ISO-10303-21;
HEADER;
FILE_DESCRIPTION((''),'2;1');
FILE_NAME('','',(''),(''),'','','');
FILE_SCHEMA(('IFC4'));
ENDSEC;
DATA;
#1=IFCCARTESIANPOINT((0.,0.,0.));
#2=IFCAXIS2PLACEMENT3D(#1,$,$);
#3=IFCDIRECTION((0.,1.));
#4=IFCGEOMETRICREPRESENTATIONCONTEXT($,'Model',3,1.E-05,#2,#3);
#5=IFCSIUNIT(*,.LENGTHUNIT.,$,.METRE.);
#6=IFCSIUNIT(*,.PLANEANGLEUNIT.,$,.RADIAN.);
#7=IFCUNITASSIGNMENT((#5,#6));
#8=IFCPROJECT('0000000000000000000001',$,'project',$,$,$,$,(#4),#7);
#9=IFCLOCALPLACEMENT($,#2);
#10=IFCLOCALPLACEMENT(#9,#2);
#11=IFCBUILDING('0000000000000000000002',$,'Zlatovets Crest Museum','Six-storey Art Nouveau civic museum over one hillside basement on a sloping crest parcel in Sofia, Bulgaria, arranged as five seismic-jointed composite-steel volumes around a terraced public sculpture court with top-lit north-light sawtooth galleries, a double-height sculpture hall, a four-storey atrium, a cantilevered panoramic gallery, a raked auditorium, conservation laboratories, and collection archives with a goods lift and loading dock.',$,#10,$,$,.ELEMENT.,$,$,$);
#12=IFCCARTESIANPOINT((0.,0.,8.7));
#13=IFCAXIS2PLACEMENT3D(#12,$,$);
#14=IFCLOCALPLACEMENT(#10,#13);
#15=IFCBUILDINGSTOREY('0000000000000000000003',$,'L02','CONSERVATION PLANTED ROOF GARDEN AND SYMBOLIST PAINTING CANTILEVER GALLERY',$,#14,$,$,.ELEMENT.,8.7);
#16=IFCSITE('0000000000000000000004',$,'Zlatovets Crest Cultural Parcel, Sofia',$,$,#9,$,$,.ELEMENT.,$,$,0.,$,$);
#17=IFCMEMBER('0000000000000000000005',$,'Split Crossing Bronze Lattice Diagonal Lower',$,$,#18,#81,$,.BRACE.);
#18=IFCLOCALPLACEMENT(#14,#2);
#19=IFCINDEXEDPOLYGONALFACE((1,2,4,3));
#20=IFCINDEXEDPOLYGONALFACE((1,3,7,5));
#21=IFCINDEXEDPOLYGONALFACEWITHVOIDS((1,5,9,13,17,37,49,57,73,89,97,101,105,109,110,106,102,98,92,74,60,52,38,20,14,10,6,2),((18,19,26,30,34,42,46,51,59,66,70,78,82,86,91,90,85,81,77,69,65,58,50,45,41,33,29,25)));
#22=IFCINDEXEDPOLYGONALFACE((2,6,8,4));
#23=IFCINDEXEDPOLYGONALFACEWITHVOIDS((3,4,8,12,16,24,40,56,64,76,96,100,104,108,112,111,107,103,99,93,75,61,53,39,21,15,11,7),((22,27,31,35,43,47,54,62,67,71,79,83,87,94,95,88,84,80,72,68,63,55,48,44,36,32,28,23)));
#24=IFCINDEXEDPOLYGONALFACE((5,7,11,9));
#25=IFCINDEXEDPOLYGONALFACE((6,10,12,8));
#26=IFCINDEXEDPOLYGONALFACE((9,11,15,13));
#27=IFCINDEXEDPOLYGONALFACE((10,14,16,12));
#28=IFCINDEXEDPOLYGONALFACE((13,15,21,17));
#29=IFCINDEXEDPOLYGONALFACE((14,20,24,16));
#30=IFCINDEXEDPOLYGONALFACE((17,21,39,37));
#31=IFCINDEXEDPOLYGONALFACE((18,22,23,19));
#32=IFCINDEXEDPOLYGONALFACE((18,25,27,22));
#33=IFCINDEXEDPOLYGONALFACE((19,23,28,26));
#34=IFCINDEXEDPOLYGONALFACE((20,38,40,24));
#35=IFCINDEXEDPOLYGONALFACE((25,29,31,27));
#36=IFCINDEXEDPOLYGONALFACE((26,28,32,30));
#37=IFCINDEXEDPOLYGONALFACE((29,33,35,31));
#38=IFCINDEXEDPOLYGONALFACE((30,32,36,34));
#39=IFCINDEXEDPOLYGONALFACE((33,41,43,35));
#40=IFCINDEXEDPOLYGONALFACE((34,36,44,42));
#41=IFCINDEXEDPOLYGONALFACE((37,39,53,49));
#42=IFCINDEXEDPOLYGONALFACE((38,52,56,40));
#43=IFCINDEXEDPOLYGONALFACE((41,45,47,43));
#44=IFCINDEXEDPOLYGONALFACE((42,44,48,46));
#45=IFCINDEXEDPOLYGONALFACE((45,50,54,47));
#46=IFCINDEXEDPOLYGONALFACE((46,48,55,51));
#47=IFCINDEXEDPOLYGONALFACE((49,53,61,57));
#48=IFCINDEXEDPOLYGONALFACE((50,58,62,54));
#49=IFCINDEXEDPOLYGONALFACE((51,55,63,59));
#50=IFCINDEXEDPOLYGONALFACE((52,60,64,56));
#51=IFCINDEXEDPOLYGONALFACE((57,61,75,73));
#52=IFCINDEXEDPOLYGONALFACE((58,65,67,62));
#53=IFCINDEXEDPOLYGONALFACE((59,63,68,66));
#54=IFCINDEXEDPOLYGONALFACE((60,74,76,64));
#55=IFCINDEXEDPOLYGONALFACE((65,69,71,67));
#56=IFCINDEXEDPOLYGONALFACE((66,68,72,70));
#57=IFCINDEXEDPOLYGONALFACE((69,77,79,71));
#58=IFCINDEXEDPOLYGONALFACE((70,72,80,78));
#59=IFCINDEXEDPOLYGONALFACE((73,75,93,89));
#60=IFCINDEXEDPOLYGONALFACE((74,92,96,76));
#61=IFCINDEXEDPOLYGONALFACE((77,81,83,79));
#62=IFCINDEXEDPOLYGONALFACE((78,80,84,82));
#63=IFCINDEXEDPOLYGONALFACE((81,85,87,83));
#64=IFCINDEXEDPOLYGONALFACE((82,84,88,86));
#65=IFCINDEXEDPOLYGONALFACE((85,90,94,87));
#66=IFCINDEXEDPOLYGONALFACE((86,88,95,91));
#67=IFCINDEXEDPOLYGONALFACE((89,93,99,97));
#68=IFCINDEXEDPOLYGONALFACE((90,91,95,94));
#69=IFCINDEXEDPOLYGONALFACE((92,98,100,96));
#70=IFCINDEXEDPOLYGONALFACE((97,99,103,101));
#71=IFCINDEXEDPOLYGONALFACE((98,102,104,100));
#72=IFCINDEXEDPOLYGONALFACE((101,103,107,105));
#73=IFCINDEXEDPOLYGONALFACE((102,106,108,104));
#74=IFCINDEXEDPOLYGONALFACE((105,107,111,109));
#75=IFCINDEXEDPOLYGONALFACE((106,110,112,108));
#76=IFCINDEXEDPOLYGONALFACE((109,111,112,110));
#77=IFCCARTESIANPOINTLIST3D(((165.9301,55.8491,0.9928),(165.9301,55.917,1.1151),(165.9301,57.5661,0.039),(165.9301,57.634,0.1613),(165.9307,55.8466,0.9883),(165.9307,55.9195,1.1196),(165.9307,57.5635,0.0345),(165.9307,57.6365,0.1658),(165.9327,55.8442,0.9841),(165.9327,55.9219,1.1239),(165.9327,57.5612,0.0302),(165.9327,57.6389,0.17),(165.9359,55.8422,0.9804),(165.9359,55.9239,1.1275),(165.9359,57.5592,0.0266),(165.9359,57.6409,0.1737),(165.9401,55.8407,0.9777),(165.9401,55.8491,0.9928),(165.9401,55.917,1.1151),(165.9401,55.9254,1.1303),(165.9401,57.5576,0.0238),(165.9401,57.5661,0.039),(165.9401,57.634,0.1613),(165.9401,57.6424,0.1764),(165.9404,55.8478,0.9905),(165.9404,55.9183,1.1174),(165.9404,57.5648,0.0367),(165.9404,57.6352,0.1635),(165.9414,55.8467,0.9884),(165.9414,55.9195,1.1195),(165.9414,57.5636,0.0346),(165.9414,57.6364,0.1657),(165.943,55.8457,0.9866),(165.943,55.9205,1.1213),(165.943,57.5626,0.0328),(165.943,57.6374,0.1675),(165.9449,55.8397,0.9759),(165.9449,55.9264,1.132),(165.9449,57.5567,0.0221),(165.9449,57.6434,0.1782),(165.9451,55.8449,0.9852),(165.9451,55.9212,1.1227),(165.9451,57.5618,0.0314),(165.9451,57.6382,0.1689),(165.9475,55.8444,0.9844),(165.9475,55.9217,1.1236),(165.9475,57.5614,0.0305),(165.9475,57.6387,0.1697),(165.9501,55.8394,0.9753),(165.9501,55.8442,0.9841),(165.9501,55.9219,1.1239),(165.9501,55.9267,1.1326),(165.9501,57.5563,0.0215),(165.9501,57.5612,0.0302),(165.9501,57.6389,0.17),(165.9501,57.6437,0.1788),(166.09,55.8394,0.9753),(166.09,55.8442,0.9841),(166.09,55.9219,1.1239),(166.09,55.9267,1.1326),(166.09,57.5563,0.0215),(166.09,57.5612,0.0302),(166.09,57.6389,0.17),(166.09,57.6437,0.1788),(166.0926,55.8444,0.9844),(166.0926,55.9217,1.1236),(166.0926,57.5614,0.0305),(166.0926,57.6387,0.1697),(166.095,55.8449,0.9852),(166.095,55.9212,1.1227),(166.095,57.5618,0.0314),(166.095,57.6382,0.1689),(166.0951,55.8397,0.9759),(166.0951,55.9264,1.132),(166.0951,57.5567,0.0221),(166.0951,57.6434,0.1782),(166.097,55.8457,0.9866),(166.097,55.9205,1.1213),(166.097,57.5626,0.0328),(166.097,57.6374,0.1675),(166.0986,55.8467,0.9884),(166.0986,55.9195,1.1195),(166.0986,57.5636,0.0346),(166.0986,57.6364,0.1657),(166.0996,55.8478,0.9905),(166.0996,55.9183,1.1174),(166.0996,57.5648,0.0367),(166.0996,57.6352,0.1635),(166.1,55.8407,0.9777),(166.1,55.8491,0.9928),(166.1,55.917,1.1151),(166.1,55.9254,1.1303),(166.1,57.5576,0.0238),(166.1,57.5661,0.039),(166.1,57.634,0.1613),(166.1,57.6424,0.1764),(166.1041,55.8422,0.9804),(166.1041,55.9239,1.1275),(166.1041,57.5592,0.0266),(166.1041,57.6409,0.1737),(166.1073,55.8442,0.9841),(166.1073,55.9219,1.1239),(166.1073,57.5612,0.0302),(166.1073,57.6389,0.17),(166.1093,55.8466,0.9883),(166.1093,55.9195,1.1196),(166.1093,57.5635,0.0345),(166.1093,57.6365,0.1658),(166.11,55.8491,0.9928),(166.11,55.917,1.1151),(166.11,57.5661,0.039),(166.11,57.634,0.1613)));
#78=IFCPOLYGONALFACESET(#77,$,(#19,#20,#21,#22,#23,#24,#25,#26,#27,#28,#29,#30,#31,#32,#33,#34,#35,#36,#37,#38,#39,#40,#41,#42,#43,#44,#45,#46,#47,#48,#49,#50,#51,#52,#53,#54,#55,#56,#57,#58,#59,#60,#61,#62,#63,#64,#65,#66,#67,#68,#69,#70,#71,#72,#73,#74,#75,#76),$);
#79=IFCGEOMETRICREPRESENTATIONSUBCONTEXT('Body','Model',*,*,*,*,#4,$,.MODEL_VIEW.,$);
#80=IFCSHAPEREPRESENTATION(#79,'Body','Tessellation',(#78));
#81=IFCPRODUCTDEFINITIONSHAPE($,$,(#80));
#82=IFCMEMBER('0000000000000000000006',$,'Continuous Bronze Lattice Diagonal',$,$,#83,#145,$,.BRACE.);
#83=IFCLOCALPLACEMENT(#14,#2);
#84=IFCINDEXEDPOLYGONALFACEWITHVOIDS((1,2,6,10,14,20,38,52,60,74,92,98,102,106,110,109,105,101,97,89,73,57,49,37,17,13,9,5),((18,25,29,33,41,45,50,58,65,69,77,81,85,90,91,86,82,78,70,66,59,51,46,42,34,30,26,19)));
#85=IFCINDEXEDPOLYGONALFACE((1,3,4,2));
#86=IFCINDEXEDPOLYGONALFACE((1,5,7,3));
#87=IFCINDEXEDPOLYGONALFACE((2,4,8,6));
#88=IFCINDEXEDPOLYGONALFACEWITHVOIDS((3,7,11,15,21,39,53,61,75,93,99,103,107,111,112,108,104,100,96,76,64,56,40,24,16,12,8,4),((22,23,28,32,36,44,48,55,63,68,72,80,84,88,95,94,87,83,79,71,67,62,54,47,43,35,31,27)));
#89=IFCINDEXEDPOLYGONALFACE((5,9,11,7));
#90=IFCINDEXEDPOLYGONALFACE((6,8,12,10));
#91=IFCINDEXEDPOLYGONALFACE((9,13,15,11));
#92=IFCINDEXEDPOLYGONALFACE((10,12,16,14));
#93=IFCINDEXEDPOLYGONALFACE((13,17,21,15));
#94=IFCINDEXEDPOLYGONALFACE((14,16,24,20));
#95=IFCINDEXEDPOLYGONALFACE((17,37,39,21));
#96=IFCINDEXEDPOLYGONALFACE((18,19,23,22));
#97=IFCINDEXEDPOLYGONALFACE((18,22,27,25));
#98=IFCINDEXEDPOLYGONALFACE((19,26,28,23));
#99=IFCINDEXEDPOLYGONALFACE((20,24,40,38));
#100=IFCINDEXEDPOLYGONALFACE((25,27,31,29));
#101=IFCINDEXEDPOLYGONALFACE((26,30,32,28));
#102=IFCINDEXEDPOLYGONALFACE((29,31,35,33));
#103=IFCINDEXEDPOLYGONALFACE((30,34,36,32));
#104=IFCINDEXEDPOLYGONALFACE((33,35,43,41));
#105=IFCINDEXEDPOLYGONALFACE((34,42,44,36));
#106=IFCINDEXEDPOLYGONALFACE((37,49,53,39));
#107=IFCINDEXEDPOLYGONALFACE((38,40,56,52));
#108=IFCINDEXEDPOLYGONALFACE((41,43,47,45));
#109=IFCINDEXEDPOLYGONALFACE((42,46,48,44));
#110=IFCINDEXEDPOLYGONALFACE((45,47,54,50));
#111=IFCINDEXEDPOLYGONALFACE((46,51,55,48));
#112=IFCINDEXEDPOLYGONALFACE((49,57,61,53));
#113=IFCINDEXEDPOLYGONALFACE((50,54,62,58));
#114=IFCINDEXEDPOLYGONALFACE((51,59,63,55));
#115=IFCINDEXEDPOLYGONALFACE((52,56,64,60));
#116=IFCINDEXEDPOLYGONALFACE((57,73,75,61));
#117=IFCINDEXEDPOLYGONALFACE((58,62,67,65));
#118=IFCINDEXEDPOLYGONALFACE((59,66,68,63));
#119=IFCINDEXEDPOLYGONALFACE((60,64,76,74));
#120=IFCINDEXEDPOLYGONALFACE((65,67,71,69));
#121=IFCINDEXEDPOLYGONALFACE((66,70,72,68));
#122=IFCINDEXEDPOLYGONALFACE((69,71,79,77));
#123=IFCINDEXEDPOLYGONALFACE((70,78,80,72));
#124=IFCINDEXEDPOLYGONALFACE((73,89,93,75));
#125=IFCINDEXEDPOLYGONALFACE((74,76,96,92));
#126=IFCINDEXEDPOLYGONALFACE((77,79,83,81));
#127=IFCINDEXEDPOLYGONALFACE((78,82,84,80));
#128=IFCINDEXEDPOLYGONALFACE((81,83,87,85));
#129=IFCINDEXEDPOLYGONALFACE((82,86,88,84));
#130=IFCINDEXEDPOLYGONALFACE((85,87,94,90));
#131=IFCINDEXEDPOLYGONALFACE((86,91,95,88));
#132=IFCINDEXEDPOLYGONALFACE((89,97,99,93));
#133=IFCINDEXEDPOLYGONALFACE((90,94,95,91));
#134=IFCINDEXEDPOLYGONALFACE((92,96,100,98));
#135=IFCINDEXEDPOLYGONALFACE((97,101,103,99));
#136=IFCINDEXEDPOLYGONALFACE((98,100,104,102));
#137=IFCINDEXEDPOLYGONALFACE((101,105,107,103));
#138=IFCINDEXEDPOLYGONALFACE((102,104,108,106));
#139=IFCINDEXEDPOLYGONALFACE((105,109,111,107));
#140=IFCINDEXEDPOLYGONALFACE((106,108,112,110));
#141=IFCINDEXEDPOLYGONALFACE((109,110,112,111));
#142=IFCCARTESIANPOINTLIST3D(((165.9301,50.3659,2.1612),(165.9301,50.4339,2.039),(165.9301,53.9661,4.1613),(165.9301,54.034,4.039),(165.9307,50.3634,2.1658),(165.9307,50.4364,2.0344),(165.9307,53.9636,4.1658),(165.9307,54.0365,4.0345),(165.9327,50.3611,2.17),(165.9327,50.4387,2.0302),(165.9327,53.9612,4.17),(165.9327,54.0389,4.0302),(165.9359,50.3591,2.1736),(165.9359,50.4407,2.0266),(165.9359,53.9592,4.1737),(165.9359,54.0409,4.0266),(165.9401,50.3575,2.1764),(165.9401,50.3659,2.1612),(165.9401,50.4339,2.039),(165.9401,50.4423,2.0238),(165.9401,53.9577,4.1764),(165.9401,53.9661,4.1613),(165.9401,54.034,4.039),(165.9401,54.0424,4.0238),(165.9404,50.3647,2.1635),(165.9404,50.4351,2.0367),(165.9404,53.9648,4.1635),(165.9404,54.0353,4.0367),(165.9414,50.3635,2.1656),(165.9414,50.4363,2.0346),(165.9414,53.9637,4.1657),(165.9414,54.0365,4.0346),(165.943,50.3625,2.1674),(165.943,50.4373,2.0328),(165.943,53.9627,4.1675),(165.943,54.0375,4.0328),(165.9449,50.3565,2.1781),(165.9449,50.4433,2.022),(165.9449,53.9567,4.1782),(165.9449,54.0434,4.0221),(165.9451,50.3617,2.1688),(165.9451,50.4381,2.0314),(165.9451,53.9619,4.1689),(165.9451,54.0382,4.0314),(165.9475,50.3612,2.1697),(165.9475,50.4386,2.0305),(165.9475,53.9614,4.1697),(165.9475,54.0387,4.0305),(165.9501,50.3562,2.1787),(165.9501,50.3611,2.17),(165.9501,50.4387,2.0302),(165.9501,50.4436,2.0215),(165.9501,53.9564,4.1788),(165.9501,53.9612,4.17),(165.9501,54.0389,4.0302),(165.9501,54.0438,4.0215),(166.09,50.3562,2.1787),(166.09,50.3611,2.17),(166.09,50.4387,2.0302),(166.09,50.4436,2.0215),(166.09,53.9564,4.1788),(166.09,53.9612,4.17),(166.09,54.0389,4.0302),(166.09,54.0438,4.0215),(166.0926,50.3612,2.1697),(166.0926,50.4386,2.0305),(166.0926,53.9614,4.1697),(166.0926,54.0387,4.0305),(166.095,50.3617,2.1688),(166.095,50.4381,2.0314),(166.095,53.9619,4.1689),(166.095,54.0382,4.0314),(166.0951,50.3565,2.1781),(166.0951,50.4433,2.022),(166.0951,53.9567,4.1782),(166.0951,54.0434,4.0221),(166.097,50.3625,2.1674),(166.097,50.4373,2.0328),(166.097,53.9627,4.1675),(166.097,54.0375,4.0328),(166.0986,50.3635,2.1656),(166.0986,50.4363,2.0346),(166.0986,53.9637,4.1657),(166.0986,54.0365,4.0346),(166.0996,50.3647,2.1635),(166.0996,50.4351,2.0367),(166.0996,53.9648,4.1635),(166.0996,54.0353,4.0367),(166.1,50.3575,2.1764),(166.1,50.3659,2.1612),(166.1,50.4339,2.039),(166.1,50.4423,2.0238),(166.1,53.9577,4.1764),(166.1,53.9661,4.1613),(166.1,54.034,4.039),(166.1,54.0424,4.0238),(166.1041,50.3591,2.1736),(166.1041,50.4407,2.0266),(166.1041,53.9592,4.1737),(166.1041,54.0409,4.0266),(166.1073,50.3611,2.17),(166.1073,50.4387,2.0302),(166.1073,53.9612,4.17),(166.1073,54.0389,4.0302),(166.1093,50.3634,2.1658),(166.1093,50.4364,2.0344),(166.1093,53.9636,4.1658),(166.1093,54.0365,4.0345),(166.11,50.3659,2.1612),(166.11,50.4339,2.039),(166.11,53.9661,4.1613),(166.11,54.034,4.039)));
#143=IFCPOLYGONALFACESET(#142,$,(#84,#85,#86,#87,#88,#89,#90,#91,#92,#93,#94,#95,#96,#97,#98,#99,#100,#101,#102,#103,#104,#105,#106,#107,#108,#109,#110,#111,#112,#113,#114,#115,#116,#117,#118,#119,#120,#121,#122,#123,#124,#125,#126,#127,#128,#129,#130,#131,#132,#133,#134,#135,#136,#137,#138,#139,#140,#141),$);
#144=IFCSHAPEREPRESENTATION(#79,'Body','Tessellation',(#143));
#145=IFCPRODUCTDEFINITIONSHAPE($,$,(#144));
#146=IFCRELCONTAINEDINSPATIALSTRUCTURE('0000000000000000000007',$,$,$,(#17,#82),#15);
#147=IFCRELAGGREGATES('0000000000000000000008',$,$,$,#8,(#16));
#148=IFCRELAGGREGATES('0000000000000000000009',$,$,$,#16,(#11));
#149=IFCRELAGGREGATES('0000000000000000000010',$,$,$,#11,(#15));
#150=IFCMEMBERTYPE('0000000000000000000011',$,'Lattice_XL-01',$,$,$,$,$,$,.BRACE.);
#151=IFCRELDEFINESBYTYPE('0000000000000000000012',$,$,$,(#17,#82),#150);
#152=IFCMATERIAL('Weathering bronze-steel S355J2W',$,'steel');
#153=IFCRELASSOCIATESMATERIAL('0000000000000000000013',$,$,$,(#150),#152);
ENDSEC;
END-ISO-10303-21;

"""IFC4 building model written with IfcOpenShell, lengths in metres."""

from ifc_helpers import new_model, si_unit, direction, frame, origin, origin_2d, place, context, subcontext, project, spatial, hollow_rectangle, extrude, material, material_profile, profile_set, type_object, element, save


model = new_model("IFC4")

# Units and contexts
model_context = context("Model", 3, precision=1e-05, world=origin(), true_north=direction((0.0, 1.0)))
body_context = subcontext(model_context, "Body", "Model", "MODEL_VIEW")
ifc_project = project(units=[si_unit("LENGTHUNIT", "METRE"), si_unit("PLANEANGLEUNIT", "RADIAN")], contexts=[model_context])

# Site, building, storey
site_placement = place(None, origin())
site = spatial("IfcSite", under=ifc_project, at=site_placement, Name="Zlatovets Crest Cultural Parcel, Sofia", CompositionType="ELEMENT", RefElevation=0.0)
building_placement = place(site_placement, origin())
building = spatial("IfcBuilding", under=site, at=building_placement, Name="Zlatovets Crest Museum", Description="Six-storey Art Nouveau civic museum over one hillside basement on a sloping crest parcel in Sofia, Bulgaria, arranged as five seismic-jointed composite-steel volumes around a terraced public sculpture court with top-lit north-light sawtooth galleries, a double-height sculpture hall, a four-storey atrium, a cantilevered panoramic gallery, a raked auditorium, conservation laboratories, and collection archives with a goods lift and loading dock.", CompositionType="ELEMENT")
storey_placement = place(building_placement, frame((0.0, 0.0, 8.7)))
storey = spatial("IfcBuildingStorey", under=building, at=storey_placement, Name="L02", Description="CONSERVATION PLANTED ROOF GARDEN AND SYMBOLIST PAINTING CANTILEVER GALLERY", CompositionType="ELEMENT", Elevation=8.7)

# Members
ifc_material_1 = material(Name="Weathering bronze-steel S355J2W", Category="steel")
ifc_material_profile_1 = material_profile(ifc_material_1, hollow_rectangle(XDim=0.1799, YDim=0.1799, WallThickness=0.01, InnerFilletRadius=0.01, OuterFilletRadius=0.02, at=origin_2d()), Name="SHS 180x180x10.0")
ifc_profile_set_1 = profile_set([ifc_material_profile_1], Name="Weathering bronze-steel S355J2W")
member_type_1 = type_object("IfcMemberType", Name="Lattice_XL-01", PredefinedType="BRACE", material=ifc_profile_set_1)
for number, where, z_axis, x_axis, name in (
    (1, (166.02, 55.8831, 1.054), (0.0, 0.874169, -0.485622), (-1.0, 0.0, 0.0), "Split Crossing Bronze Lattice Diagonal Lower"),
):
    element("IfcMember", number, at=place(storey_placement, frame(where, z_axis=z_axis, x_axis=x_axis)), inside=storey, type_object=member_type_1, Name=name, PredefinedType="BRACE", context=body_context, shape_type="SweptSolid", body=[
        extrude(hollow_rectangle(XDim=0.1799, YDim=0.1799, WallThickness=0.01, InnerFilletRadius=0.01, OuterFilletRadius=0.02, at=origin_2d()), origin(), (0.0, 0.0, 1.0), 1.9641),
    ])
member_1_placement = place(storey_placement, frame((166.02, 50.3999, 2.1001), z_axis=(0.0, 0.874163, 0.485633), x_axis=(-1.0, 0.0, 0.0)))
element("IfcMember", 2, at=member_1_placement, inside=storey, type_object=member_type_1, Name="Continuous Bronze Lattice Diagonal", PredefinedType="BRACE", context=body_context, shape_type="SweptSolid", body=[
    extrude(hollow_rectangle(XDim=0.1799, YDim=0.1799, WallThickness=0.01, InnerFilletRadius=0.01, OuterFilletRadius=0.02, at=origin_2d()), origin(), (0.0, 0.0, 1.0), 4.1184),
])

save(model, "model.ifc")
